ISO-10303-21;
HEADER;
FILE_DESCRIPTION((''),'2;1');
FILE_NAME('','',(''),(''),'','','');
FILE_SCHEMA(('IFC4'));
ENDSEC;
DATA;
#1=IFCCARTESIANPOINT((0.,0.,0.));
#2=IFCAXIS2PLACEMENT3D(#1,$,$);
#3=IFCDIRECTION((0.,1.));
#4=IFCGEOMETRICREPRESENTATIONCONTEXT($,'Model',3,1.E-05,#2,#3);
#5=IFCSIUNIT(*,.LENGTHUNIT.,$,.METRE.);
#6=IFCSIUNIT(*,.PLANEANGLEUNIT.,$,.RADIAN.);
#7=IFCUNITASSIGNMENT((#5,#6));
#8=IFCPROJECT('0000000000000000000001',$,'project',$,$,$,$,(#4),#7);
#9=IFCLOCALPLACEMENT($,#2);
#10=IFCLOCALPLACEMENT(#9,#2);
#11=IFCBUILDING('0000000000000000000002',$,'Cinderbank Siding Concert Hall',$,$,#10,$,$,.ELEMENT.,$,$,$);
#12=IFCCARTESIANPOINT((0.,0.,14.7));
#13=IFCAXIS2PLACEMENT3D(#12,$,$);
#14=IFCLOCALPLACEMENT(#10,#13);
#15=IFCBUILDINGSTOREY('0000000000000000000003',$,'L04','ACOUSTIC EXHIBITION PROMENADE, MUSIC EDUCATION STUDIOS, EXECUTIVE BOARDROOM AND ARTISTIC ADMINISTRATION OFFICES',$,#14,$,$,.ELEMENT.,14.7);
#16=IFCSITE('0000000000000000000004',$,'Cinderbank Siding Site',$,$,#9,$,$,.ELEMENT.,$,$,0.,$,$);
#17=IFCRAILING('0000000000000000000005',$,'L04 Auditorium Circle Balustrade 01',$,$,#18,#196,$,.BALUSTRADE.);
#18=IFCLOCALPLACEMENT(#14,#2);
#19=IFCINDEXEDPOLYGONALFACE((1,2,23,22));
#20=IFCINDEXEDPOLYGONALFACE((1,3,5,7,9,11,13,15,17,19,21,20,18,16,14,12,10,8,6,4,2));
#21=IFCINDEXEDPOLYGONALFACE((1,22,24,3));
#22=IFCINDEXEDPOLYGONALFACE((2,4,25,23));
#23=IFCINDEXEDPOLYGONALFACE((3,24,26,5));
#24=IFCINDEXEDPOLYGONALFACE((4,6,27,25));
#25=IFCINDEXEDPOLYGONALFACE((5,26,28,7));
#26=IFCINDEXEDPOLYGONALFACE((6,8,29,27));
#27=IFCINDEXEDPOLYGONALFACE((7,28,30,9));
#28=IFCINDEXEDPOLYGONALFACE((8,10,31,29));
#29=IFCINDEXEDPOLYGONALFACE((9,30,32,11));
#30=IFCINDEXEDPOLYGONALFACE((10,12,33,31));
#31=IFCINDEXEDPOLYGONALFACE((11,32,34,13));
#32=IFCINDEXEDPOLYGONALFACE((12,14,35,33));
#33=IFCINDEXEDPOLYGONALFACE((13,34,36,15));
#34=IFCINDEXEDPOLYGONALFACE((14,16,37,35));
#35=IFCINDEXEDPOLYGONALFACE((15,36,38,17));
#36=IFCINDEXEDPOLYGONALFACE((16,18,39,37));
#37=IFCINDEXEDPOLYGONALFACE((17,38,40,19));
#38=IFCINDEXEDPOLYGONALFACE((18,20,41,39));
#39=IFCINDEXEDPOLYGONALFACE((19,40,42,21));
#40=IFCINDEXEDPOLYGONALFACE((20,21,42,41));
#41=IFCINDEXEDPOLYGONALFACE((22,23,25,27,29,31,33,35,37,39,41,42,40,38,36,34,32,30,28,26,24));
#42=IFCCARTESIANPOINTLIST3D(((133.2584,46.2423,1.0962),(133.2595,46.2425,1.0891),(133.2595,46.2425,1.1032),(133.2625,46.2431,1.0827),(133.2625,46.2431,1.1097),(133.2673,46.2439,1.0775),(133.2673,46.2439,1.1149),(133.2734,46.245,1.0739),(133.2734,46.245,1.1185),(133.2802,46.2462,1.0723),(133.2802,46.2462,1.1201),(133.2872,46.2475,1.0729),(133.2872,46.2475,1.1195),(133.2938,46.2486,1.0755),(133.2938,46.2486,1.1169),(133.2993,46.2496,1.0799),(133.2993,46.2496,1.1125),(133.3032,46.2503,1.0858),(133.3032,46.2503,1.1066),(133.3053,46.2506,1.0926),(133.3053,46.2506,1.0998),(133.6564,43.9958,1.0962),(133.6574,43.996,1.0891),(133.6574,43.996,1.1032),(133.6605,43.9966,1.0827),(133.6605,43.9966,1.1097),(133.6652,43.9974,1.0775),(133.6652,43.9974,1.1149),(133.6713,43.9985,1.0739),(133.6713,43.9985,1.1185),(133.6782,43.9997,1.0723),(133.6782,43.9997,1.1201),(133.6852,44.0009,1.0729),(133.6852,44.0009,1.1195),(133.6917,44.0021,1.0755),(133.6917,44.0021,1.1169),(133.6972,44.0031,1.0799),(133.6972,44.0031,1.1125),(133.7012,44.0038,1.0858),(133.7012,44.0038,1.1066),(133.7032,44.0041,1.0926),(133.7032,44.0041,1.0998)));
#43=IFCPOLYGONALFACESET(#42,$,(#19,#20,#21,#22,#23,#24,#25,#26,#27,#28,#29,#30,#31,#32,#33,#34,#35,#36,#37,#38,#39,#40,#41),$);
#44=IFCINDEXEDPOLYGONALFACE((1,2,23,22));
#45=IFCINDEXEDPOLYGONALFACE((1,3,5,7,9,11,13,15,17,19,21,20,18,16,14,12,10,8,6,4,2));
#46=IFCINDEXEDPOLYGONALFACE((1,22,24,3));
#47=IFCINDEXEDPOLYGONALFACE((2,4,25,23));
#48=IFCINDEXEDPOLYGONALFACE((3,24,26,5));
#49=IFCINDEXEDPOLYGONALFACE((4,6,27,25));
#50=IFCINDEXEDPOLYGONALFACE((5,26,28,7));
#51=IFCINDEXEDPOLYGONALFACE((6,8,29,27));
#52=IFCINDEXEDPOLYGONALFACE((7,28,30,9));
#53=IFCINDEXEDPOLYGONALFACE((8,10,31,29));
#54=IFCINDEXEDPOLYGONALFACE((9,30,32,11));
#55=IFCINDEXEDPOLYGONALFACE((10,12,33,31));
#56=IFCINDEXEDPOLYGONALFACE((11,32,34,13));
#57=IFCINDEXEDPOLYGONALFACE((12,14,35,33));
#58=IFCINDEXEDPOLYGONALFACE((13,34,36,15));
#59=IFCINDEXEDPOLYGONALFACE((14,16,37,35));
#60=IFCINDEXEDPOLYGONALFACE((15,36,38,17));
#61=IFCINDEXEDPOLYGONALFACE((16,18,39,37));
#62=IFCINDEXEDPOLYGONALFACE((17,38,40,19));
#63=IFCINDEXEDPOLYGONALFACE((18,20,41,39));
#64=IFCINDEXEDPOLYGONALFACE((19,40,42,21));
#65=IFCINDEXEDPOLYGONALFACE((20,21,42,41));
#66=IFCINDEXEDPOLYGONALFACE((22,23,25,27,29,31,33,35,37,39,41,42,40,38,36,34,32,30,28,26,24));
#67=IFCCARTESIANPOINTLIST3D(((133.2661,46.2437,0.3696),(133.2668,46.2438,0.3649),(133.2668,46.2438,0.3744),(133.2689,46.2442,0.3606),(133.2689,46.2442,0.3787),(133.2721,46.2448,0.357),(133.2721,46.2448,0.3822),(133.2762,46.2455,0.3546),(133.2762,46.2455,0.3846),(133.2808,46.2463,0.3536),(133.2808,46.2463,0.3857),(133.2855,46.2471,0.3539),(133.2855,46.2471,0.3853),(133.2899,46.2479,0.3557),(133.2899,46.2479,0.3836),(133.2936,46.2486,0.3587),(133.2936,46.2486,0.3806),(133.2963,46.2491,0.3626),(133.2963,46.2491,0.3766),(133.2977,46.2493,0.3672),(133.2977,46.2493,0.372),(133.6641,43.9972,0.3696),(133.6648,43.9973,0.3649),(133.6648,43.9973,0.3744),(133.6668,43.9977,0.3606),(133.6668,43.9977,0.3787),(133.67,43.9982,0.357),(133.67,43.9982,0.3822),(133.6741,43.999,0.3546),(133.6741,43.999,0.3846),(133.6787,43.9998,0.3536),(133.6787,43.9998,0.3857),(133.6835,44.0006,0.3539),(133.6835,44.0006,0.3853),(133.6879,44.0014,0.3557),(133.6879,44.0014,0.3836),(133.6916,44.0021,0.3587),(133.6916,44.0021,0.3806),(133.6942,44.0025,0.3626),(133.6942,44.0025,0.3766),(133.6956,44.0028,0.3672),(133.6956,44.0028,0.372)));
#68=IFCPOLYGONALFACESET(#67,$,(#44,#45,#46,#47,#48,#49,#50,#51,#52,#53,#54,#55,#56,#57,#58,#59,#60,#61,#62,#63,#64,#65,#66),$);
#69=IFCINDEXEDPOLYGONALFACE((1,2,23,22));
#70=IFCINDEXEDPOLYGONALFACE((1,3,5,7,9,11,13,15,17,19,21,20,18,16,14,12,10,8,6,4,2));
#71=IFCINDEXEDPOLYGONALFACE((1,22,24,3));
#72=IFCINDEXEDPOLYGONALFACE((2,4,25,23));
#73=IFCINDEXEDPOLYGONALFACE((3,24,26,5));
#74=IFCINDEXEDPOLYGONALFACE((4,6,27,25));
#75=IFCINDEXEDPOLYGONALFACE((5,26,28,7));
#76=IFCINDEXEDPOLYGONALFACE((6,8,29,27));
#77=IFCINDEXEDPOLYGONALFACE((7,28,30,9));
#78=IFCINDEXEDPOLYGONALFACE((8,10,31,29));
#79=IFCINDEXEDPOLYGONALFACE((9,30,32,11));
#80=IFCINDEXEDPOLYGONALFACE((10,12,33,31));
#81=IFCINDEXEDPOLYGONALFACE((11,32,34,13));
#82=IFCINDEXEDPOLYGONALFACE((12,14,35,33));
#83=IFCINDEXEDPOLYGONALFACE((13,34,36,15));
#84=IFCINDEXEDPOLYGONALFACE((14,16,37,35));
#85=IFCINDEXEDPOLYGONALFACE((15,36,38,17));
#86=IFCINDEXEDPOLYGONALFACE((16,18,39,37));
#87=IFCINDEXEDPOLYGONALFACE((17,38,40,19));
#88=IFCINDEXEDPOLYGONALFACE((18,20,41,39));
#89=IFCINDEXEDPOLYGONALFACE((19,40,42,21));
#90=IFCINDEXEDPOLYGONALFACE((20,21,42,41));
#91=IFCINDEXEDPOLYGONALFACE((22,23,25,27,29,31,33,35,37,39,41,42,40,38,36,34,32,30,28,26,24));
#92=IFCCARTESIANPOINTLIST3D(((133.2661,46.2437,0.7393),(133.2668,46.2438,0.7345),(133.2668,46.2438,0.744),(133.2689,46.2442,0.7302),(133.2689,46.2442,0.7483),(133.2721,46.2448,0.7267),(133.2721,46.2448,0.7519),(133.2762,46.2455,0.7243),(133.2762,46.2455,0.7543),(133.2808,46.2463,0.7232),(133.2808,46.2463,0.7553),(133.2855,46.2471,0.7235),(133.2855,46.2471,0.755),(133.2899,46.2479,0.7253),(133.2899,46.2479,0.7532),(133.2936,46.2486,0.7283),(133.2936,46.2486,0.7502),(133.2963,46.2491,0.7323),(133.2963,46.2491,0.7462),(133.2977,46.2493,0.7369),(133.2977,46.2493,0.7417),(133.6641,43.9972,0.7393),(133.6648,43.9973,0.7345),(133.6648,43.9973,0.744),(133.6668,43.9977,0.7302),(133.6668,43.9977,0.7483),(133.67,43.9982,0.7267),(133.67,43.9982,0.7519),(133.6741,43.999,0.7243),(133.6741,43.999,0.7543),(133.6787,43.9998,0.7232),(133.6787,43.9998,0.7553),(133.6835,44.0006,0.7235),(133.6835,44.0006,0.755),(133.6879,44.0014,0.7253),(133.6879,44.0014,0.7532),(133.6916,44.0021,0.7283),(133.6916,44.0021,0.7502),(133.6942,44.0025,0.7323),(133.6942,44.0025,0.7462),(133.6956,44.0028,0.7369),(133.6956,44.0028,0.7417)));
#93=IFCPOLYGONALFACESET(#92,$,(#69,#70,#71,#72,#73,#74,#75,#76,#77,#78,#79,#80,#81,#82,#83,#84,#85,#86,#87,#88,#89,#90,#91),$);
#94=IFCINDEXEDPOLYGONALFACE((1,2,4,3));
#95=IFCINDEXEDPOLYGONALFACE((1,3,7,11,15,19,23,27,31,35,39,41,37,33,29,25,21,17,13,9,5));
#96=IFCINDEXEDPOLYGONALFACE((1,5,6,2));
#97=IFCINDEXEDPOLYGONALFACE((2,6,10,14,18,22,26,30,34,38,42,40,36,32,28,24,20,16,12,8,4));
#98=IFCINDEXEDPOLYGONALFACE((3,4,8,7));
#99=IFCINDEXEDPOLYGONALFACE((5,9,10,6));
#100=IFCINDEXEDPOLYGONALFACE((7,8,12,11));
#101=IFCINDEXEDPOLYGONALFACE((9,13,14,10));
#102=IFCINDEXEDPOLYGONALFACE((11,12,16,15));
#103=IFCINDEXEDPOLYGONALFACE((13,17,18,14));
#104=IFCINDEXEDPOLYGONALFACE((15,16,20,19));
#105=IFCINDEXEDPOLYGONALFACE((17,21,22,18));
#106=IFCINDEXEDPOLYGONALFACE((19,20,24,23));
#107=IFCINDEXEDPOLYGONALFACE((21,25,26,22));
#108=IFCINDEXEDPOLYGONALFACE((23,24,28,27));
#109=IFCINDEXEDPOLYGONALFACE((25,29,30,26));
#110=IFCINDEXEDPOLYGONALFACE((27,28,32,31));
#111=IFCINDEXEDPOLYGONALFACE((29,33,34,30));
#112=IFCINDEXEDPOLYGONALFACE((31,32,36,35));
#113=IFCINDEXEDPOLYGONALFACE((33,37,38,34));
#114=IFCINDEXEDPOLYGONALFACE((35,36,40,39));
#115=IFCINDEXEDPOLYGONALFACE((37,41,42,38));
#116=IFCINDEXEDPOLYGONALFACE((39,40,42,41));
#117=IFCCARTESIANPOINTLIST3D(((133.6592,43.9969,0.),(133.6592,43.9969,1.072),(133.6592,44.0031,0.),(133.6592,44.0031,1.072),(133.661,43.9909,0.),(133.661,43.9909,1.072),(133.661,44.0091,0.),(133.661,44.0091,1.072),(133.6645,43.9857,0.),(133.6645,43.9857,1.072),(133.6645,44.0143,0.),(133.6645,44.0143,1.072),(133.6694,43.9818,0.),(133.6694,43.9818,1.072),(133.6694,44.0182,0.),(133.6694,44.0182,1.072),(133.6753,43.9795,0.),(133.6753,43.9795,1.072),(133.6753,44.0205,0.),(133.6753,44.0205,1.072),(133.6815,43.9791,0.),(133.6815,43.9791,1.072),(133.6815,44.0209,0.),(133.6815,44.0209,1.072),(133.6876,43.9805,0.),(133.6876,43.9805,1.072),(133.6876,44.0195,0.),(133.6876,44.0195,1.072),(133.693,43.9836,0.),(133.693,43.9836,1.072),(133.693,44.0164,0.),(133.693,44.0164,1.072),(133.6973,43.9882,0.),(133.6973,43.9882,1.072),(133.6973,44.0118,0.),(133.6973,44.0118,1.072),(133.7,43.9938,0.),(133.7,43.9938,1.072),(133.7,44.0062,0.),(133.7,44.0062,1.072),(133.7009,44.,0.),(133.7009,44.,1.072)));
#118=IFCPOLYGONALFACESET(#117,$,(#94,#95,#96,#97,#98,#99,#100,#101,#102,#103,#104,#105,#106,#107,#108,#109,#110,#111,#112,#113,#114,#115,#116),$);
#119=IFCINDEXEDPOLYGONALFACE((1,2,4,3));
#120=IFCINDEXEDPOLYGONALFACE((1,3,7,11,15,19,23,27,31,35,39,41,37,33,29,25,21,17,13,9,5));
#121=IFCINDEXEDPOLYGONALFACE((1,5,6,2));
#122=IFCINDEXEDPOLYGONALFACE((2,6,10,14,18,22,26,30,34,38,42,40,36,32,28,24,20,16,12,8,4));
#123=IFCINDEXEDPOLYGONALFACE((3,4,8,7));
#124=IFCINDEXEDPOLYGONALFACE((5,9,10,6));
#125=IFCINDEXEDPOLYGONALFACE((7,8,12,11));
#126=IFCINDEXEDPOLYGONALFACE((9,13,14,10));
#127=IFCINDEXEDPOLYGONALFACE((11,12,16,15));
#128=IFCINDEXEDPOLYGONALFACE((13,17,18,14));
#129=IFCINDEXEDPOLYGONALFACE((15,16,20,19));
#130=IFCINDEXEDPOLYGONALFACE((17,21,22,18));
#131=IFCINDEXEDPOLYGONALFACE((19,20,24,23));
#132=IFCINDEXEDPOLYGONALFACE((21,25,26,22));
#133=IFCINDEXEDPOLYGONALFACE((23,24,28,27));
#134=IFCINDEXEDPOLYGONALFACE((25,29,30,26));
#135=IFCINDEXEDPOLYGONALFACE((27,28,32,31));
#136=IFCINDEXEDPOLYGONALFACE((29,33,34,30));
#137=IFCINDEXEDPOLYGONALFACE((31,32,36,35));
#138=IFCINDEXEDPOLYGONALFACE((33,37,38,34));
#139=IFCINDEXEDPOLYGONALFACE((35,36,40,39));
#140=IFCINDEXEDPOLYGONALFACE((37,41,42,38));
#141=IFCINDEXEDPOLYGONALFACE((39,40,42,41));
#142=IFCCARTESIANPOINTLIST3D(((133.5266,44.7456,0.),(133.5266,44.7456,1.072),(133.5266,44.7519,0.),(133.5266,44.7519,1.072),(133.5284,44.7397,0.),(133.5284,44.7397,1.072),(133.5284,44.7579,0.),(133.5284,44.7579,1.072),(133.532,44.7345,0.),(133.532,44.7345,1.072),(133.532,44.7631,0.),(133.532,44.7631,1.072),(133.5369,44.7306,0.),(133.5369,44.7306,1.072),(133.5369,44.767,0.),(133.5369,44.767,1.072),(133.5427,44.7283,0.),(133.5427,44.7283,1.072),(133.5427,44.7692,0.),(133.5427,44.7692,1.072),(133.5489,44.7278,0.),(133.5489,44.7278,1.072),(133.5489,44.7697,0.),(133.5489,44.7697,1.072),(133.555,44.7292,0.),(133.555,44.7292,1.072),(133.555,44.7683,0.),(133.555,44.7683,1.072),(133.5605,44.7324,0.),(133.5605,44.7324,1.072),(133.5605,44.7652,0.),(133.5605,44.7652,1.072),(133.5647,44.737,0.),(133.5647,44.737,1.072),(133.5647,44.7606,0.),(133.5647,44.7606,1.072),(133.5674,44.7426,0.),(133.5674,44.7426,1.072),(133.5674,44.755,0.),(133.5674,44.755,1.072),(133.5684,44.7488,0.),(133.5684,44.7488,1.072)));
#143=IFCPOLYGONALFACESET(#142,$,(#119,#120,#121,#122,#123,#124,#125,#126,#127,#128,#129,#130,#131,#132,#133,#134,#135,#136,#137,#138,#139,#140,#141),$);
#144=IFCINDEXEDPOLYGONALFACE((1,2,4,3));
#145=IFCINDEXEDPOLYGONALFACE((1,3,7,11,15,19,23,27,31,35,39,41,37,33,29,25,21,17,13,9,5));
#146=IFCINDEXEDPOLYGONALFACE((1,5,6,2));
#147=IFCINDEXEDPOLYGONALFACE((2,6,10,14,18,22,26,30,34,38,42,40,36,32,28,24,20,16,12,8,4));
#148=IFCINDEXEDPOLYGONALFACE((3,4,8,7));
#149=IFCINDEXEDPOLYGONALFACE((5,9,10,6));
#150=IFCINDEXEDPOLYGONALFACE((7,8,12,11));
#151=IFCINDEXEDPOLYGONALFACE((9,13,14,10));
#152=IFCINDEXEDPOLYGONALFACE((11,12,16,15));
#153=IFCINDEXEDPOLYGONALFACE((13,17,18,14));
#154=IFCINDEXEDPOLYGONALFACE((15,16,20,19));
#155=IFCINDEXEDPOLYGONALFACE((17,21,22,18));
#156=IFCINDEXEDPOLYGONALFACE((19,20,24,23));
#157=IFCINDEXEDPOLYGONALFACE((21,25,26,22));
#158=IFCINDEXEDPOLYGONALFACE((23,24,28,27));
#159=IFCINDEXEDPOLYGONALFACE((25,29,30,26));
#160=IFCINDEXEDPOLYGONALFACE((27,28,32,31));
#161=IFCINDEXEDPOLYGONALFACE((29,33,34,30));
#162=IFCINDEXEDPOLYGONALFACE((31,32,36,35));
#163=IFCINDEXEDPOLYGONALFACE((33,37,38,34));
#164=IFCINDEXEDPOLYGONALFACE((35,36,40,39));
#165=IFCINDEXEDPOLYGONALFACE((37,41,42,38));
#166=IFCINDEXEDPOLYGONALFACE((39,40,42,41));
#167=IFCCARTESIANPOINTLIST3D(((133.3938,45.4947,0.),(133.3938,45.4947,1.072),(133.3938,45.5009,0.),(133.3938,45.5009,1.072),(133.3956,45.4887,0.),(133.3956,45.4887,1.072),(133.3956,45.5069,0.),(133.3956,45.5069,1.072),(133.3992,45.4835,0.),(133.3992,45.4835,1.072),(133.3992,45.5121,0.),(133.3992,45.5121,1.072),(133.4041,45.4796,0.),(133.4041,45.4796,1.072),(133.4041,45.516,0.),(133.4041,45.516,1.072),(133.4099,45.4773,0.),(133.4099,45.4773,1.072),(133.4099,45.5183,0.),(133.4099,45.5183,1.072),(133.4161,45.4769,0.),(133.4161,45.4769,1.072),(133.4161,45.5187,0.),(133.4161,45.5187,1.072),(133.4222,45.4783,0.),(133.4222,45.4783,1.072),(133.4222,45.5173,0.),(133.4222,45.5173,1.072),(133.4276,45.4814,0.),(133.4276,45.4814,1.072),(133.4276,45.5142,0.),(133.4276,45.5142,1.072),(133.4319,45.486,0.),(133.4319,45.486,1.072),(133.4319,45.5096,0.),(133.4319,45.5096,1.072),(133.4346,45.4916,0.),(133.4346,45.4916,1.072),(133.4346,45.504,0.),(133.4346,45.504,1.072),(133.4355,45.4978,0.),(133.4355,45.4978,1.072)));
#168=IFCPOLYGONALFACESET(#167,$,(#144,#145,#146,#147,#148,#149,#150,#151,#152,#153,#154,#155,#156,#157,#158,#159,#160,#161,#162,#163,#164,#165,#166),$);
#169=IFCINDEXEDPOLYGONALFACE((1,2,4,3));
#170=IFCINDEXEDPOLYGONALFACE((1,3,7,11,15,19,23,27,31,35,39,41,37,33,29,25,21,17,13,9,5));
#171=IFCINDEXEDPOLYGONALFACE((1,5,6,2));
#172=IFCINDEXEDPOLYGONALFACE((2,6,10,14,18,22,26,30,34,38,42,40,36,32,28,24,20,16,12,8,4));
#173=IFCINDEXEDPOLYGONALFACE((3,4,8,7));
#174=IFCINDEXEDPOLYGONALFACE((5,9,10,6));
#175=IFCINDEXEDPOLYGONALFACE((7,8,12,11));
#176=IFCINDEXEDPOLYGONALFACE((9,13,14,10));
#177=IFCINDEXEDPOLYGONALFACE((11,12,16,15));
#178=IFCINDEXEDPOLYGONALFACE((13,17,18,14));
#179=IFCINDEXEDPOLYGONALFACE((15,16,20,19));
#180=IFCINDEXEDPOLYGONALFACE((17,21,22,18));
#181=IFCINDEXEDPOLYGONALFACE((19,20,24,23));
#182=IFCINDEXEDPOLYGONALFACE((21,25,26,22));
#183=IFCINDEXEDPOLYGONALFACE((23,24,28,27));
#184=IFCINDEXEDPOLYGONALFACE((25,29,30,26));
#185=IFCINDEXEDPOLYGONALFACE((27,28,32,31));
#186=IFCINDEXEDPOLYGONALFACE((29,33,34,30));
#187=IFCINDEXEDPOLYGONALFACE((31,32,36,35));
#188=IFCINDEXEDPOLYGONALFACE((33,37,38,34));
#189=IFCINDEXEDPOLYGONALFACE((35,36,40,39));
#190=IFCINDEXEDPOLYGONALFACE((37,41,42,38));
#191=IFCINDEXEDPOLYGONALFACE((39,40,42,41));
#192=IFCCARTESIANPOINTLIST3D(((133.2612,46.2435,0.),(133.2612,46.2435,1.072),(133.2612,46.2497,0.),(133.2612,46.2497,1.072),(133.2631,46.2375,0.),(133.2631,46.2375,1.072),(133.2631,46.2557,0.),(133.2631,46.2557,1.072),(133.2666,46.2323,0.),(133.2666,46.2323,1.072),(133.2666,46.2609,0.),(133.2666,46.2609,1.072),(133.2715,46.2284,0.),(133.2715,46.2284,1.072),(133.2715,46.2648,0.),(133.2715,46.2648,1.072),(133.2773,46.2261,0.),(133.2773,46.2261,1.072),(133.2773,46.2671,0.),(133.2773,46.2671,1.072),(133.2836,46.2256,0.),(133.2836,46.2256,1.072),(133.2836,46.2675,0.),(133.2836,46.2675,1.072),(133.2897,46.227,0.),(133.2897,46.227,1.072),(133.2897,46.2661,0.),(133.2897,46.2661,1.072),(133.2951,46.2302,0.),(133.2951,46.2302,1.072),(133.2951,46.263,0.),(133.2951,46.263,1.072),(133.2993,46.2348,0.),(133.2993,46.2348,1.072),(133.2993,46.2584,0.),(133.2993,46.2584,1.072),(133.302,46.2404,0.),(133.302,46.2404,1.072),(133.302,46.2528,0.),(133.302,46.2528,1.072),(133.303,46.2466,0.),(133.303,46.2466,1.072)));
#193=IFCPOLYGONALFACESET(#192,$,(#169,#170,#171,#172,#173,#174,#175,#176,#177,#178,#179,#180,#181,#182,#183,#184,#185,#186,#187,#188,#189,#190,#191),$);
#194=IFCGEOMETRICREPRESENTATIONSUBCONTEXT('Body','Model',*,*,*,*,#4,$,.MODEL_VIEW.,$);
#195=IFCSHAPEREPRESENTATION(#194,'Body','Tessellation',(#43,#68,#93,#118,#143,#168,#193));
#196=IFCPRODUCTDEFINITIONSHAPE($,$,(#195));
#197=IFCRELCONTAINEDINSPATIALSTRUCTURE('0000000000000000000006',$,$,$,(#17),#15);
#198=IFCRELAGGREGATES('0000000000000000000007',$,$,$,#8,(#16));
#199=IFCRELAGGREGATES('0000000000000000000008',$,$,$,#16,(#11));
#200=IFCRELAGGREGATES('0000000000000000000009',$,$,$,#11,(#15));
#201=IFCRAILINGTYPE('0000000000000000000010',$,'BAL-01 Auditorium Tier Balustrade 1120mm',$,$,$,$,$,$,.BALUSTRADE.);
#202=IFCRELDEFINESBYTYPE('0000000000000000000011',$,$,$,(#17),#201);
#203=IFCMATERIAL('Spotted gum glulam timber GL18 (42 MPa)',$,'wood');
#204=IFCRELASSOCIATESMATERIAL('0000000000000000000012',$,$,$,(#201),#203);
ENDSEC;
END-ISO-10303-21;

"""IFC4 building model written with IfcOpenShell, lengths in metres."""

from ifc_helpers import new_model, si_unit, direction, frame, origin, origin_2d, place, context, subcontext, project, spatial, circle, extrude, material, type_object, element, save


model = new_model("IFC4")

# Units and contexts
model_context = context("Model", 3, precision=1e-05, world=origin(), true_north=direction((0.0, 1.0)))
body_context = subcontext(model_context, "Body", "Model", "MODEL_VIEW")
ifc_project = project(units=[si_unit("LENGTHUNIT", "METRE"), si_unit("PLANEANGLEUNIT", "RADIAN")], contexts=[model_context])

# Site, building, storey
site_placement = place(None, origin())
site = spatial("IfcSite", under=ifc_project, at=site_placement, Name="Cinderbank Siding Site", CompositionType="ELEMENT", RefElevation=0.0)
building_placement = place(site_placement, origin())
building = spatial("IfcBuilding", under=site, at=building_placement, Name="Cinderbank Siding Concert Hall", CompositionType="ELEMENT")
storey_placement = place(building_placement, frame((0.0, 0.0, 14.7)))
storey = spatial("IfcBuildingStorey", under=building, at=storey_placement, Name="L04", Description="ACOUSTIC EXHIBITION PROMENADE, MUSIC EDUCATION STUDIOS, EXECUTIVE BOARDROOM AND ARTISTIC ADMINISTRATION OFFICES", CompositionType="ELEMENT", Elevation=14.7)

# Shared definitions
ifc_material_1 = material(Name="Spotted gum glulam timber GL18 (42 MPa)", Category="wood")

# Railing
railing_type_1 = type_object("IfcRailingType", Name="BAL-01 Auditorium Tier Balustrade 1120mm", PredefinedType="BALUSTRADE", material=ifc_material_1)
railing_1_placement = place(storey_placement, frame((133.6799, 44.0, 0.0)))
element("IfcRailing", 1, at=railing_1_placement, inside=storey, type_object=railing_type_1, Name="L04 Auditorium Circle Balustrade 01", PredefinedType="BALUSTRADE", context=body_context, shape_type="SweptSolid", body=[
    extrude(circle(Radius=0.0239, at=origin_2d()), frame((0.0, 0.0, 1.0962), z_axis=(-0.17442, 0.984671, 0.0), x_axis=(-0.984671, -0.17442, 0.0)), (0.0, 0.0, 1.0), 2.2815),
    extrude(circle(Radius=0.0161, at=origin_2d()), frame((0.0, 0.0, 0.3696), z_axis=(-0.17442, 0.984671, 0.0), x_axis=(-0.984671, -0.17442, 0.0)), (0.0, 0.0, 1.0), 2.2815),
    extrude(circle(Radius=0.0161, at=origin_2d()), frame((0.0, 0.0, 0.7393), z_axis=(-0.17442, 0.984671, 0.0), x_axis=(-0.984671, -0.17442, 0.0)), (0.0, 0.0, 1.0), 2.2815),
    extrude(circle(Radius=0.021, at=origin_2d()), origin(), (0.0, 0.0, 1.0), 1.072),
    extrude(circle(Radius=0.021, at=origin_2d()), frame((-0.1326, 0.7488, 0.0)), (0.0, 0.0, 1.0), 1.072),
    extrude(circle(Radius=0.021, at=origin_2d()), frame((-0.2654, 1.4978, 0.0)), (0.0, 0.0, 1.0), 1.072),
    extrude(circle(Radius=0.021, at=origin_2d()), frame((-0.3979, 2.2466, 0.0)), (0.0, 0.0, 1.0), 1.072),
])

save(model, "model.ifc")
